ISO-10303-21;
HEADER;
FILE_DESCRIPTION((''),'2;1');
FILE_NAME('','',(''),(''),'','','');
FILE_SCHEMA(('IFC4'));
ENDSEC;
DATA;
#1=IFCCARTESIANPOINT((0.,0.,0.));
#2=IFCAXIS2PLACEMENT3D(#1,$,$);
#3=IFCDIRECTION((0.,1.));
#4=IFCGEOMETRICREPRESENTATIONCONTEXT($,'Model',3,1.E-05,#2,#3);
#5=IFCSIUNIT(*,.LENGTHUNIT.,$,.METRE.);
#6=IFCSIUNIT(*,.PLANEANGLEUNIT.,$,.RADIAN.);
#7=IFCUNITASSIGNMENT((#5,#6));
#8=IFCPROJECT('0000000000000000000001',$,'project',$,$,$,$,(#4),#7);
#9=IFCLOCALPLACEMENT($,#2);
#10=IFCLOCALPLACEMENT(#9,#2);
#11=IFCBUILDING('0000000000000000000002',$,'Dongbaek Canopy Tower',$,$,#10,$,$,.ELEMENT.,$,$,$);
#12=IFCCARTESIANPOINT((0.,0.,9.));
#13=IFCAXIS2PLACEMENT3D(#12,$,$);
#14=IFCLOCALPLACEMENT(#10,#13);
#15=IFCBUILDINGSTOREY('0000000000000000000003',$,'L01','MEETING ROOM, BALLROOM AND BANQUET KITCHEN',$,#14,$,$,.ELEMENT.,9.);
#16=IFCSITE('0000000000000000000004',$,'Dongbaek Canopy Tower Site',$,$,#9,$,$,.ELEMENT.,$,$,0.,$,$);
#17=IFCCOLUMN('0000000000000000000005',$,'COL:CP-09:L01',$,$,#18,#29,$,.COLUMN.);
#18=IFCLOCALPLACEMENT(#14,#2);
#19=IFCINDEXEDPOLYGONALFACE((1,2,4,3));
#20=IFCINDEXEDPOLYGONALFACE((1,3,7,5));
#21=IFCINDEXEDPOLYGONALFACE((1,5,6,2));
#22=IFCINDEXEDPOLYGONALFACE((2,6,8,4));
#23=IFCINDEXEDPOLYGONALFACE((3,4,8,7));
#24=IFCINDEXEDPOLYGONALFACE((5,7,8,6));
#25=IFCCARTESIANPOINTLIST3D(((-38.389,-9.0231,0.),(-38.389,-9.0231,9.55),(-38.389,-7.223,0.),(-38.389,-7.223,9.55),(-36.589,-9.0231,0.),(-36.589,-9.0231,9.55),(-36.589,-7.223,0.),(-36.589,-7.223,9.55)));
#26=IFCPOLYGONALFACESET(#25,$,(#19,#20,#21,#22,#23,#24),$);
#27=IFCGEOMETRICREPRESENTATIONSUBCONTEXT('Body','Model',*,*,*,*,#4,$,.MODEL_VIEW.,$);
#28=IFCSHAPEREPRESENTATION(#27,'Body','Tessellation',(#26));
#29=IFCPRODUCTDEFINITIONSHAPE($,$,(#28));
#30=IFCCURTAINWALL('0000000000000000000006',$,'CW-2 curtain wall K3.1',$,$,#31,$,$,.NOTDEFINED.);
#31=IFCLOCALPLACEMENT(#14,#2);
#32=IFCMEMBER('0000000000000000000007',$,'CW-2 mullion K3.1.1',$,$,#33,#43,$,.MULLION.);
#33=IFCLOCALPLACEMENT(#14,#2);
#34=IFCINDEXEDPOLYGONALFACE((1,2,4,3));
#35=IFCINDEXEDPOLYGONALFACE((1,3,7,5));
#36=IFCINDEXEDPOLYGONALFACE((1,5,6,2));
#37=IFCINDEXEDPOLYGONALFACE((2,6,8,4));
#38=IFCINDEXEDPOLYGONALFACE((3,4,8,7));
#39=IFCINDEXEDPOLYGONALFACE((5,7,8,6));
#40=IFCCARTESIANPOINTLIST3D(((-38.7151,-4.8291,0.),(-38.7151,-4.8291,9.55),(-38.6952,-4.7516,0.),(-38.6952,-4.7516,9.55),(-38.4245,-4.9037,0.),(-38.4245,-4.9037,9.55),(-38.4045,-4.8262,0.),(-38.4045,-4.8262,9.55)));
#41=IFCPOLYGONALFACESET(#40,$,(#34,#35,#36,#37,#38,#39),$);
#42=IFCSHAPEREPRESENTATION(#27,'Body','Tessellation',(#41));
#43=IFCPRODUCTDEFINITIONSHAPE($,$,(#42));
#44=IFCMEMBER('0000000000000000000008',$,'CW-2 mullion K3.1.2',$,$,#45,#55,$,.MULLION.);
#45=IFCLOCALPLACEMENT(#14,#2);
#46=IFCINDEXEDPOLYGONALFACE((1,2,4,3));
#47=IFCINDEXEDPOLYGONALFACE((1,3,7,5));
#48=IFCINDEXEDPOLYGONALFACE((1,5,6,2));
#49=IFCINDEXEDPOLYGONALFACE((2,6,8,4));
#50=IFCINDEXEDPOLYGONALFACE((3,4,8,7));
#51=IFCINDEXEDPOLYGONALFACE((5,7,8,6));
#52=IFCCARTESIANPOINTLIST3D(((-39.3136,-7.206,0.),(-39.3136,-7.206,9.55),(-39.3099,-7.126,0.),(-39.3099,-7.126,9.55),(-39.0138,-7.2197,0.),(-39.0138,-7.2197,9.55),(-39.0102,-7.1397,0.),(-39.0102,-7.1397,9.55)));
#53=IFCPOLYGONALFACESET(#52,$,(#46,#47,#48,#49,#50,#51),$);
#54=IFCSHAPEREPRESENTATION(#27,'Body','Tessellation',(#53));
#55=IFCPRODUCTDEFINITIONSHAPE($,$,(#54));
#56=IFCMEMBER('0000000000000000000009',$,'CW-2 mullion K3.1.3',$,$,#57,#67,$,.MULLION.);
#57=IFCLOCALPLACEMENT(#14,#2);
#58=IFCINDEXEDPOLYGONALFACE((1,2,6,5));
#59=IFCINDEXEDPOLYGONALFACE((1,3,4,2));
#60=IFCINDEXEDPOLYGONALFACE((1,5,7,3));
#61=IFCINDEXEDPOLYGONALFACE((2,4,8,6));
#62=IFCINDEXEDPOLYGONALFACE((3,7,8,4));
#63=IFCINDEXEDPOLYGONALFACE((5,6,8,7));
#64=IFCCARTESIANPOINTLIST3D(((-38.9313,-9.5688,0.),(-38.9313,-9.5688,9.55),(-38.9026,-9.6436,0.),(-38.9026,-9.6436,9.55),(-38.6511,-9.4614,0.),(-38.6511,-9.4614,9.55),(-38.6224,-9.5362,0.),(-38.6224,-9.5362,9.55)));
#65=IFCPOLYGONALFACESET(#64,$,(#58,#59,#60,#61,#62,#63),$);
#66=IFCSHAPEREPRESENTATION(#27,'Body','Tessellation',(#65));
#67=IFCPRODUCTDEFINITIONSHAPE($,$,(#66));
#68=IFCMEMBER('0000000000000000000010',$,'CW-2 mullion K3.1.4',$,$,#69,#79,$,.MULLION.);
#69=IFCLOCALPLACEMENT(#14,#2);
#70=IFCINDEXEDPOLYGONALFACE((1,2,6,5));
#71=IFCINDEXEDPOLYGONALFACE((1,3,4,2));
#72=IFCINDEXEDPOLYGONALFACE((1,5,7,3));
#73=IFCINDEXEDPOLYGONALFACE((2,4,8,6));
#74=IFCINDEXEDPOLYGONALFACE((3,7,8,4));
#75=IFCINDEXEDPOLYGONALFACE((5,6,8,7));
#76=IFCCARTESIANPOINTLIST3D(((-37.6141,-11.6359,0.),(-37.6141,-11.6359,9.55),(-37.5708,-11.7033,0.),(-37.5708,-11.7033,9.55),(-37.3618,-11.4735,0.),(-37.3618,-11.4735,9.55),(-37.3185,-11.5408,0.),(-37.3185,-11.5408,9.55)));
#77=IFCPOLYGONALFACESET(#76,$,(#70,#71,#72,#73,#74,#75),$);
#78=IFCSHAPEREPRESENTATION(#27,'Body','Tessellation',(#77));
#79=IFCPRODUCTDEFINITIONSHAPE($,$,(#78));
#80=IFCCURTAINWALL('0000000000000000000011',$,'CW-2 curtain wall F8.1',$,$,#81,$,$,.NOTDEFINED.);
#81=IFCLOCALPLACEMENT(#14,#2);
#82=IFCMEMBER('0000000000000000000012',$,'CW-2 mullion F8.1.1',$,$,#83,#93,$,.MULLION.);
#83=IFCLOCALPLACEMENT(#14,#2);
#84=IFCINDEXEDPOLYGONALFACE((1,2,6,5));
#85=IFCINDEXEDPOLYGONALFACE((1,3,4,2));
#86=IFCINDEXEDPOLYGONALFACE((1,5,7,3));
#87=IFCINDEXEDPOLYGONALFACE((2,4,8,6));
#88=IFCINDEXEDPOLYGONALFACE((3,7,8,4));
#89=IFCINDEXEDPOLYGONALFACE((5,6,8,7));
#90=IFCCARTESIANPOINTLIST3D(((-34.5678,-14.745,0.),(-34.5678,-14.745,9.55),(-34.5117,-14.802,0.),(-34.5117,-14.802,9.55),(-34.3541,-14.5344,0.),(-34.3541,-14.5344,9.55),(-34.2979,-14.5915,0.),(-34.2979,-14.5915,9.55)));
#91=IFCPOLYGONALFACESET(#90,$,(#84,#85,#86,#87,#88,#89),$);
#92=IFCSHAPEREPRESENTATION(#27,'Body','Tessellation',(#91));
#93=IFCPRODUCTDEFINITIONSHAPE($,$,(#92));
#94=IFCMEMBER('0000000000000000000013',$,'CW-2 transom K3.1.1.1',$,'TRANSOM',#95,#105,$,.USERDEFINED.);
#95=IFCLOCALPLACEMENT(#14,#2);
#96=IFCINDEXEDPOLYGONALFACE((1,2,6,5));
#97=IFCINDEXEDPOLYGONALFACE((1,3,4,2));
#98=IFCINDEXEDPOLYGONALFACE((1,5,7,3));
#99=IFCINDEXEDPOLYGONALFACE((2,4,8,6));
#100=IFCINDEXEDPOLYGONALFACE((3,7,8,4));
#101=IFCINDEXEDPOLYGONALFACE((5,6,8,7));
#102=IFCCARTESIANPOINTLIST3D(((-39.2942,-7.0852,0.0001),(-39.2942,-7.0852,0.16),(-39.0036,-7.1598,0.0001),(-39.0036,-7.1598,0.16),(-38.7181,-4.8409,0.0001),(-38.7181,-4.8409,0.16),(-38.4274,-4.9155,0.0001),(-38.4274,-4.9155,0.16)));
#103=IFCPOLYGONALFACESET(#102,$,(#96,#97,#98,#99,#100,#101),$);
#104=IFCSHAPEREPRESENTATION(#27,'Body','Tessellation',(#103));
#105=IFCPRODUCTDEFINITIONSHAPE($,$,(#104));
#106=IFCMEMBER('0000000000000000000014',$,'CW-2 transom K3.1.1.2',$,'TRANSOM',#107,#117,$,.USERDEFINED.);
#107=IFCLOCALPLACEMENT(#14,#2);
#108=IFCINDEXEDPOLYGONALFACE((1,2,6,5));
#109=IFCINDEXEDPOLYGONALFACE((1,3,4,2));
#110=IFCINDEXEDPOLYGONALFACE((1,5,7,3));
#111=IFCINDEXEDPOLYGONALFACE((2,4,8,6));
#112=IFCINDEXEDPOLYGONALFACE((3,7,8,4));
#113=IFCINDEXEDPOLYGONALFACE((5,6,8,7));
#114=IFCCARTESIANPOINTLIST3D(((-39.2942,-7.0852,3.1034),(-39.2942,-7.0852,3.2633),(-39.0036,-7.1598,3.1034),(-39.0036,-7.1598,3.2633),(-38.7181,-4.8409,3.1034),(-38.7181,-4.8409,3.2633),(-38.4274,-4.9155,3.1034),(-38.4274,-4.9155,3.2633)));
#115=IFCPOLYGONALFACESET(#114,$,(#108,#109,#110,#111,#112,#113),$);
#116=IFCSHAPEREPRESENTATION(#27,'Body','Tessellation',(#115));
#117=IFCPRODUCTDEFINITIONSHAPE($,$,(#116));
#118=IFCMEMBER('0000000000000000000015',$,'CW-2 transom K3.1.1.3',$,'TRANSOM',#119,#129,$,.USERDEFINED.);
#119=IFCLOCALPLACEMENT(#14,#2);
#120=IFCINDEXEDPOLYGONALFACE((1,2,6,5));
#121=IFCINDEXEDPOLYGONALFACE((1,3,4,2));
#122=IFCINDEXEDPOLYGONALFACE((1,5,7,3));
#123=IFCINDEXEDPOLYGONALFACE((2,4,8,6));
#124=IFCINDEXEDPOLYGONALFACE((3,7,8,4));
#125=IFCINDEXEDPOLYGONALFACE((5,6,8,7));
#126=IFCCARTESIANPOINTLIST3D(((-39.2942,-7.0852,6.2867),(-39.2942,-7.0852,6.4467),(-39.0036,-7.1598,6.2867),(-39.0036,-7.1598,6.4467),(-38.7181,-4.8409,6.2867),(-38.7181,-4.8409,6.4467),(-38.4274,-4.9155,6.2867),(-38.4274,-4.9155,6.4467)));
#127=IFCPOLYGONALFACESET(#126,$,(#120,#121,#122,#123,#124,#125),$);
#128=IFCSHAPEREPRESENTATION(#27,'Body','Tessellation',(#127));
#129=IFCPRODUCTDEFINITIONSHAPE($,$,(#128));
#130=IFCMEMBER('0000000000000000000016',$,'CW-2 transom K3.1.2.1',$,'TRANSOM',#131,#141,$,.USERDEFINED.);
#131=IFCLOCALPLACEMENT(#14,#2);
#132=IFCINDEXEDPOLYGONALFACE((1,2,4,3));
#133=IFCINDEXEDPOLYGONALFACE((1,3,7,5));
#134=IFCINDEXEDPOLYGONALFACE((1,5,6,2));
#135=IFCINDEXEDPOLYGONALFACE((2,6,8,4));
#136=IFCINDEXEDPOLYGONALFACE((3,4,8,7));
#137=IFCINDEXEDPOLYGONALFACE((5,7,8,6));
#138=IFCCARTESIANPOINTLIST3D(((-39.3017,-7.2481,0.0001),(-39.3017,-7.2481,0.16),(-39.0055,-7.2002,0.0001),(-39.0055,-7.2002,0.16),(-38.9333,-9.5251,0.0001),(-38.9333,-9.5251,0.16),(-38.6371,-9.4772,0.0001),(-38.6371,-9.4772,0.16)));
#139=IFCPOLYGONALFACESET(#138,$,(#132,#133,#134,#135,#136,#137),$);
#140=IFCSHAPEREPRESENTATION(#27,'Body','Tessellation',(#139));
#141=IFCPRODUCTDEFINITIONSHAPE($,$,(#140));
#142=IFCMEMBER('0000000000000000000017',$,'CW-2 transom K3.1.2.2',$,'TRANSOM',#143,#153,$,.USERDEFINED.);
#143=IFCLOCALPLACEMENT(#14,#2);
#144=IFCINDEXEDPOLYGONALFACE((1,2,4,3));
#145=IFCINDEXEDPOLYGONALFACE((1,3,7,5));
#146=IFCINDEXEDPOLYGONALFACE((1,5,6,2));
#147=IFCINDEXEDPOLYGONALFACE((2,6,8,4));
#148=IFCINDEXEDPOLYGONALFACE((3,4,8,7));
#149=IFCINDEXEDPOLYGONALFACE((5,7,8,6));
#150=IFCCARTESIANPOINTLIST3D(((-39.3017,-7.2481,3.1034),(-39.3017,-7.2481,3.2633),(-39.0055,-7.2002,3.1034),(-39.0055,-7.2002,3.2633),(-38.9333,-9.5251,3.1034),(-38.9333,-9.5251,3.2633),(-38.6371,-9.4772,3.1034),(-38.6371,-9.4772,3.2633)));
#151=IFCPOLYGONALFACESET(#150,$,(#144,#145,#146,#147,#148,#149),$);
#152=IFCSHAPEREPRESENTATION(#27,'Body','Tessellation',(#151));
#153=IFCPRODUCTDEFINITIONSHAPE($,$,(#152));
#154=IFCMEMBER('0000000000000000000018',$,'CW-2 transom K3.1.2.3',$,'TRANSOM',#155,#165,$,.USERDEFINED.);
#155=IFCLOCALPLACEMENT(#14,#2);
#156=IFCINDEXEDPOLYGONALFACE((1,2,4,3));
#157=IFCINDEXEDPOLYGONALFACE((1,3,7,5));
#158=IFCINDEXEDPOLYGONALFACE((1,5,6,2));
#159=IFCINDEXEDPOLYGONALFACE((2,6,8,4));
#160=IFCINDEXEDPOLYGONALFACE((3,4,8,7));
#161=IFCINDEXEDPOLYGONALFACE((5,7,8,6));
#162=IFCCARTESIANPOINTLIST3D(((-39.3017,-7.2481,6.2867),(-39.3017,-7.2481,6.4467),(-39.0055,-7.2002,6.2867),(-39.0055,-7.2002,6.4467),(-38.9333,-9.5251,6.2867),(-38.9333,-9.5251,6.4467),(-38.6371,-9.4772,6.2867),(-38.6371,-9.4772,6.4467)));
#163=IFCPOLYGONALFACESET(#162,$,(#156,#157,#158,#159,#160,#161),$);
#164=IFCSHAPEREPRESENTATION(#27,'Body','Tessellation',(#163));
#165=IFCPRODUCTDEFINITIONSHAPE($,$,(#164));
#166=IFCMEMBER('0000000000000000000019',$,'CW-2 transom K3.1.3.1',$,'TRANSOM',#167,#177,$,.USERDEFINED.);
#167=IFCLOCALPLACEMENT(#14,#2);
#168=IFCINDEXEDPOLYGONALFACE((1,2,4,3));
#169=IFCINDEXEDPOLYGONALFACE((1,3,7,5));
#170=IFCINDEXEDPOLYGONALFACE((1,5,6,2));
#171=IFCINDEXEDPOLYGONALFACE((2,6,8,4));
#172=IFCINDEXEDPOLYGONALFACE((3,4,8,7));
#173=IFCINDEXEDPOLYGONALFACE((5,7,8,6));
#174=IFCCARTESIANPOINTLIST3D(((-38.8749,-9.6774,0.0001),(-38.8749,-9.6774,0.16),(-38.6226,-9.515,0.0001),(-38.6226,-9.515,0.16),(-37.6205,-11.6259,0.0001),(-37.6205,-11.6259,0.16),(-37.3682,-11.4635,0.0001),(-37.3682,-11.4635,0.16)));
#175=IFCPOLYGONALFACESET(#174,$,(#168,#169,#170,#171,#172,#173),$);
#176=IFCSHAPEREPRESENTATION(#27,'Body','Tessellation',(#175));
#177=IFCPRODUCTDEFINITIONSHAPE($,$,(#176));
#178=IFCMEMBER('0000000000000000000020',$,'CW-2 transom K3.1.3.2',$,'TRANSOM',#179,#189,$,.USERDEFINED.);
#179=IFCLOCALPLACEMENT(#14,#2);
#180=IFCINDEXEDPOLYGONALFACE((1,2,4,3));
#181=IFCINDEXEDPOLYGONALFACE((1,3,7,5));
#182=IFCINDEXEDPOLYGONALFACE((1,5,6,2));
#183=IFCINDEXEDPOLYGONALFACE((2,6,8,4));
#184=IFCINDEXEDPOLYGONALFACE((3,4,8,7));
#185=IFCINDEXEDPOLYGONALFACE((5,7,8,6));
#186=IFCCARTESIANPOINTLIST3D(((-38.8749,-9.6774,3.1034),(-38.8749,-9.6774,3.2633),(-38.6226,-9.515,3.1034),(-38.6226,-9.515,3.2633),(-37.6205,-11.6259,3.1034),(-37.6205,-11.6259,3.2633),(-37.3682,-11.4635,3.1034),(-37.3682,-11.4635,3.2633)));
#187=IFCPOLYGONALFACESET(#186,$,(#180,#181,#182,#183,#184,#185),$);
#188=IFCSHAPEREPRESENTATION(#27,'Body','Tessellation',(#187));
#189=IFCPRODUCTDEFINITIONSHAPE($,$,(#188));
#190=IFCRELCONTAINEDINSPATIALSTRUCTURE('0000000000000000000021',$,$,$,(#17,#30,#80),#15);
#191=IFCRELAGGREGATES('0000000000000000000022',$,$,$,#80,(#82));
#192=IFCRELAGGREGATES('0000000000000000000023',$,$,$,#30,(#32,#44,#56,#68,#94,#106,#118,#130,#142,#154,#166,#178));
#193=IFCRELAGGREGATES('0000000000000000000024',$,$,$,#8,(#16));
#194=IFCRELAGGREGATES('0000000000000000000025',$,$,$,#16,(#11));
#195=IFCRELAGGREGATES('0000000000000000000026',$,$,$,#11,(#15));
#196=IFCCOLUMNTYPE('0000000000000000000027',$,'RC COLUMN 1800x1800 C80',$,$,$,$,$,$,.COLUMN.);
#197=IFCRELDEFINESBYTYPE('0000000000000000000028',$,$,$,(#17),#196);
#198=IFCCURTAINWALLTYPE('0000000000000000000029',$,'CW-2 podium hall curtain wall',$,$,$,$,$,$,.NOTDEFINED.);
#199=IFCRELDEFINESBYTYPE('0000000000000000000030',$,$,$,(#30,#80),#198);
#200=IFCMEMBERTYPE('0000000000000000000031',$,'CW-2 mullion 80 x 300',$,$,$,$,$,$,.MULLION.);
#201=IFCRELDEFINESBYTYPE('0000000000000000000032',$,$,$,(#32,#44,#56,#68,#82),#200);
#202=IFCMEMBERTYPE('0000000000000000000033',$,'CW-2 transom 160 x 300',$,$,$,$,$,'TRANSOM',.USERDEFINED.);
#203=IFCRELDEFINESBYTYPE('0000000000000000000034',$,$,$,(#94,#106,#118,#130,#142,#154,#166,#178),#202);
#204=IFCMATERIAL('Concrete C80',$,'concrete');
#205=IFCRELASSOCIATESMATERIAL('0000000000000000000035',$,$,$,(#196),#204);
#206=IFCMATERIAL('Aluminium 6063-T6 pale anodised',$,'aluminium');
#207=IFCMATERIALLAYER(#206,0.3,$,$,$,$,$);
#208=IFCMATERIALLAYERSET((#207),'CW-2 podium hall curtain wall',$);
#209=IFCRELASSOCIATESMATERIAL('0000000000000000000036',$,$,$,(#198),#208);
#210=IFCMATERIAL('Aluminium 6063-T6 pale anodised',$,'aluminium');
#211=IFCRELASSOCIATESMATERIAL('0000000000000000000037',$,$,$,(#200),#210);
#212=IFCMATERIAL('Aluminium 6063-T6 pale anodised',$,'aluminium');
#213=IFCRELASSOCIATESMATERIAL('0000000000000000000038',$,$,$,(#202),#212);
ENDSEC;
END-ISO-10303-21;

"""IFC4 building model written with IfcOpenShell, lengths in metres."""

from ifc_helpers import new_model, si_unit, direction, frame, origin, origin_2d, place, context, subcontext, project, spatial, rectangle, extrude, material, layer, layer_set, material_profile, profile_set, type_object, element, aggregate, save


model = new_model("IFC4")

# Units and contexts
model_context = context("Model", 3, precision=1e-05, world=origin(), true_north=direction((0.0, 1.0)))
body_context = subcontext(model_context, "Body", "Model", "MODEL_VIEW")
ifc_project = project(units=[si_unit("LENGTHUNIT", "METRE"), si_unit("PLANEANGLEUNIT", "RADIAN")], contexts=[model_context])

# Site, building, storey
site_placement = place(None, origin())
site = spatial("IfcSite", under=ifc_project, at=site_placement, Name="Dongbaek Canopy Tower Site", CompositionType="ELEMENT", RefElevation=0.0)
building_placement = place(site_placement, origin())
building = spatial("IfcBuilding", under=site, at=building_placement, Name="Dongbaek Canopy Tower", CompositionType="ELEMENT")
storey_placement = place(building_placement, frame((0.0, 0.0, 9.0)))
storey = spatial("IfcBuildingStorey", under=building, at=storey_placement, Name="L01", Description="MEETING ROOM, BALLROOM AND BANQUET KITCHEN", CompositionType="ELEMENT", Elevation=9.0)

# Column
ifc_material_1 = material(Name="Concrete C80", Category="concrete")
ifc_material_profile_1 = material_profile(ifc_material_1, rectangle(XDim=1.8, YDim=1.8, at=origin_2d()), Name="RC COLUMN 1800x1800 C80")
ifc_profile_set_1 = profile_set([ifc_material_profile_1], Name="Concrete C80")
column_type = type_object("IfcColumnType", Name="RC COLUMN 1800x1800 C80", PredefinedType="COLUMN", material=ifc_profile_set_1)
column_placement = place(storey_placement, frame((-37.489, -8.123, 0.0), z_axis=(0.0, 0.0, 1.0), x_axis=(1.0, 0.0, 0.0)))
element("IfcColumn", 1, at=column_placement, inside=storey, type_object=column_type, Name="COL:CP-09:L01", PredefinedType="COLUMN", context=body_context, shape_type="SweptSolid", body=[
    extrude(rectangle(XDim=1.8, YDim=1.8, at=origin_2d()), origin(), (0.0, 0.0, 1.0), 9.55),
])

# Curtain wall, members
ifc_material_2 = material(Name="Aluminium 6063-T6 pale anodised", Category="aluminium")
ifc_layer_1 = layer(ifc_material_2, 0.3)
ifc_layer_set_1 = layer_set([ifc_layer_1], Name="CW-2 podium hall curtain wall")
curtain_wall_type = type_object("IfcCurtainWallType", Name="CW-2 podium hall curtain wall", PredefinedType="NOTDEFINED", material=ifc_layer_set_1)
curtain_wall_1_placement = place(storey_placement, origin())
curtain_wall_1 = element("IfcCurtainWall", 2, at=curtain_wall_1_placement, inside=storey, type_object=curtain_wall_type, Name="CW-2 curtain wall K3.1", PredefinedType="NOTDEFINED")
ifc_material_3 = material(Name="Aluminium 6063-T6 pale anodised", Category="aluminium")
ifc_material_profile_2 = material_profile(ifc_material_3, rectangle(XDim=0.3, YDim=0.0801, at=origin_2d()), Name="CW-2 mullion 80 x 300")
ifc_profile_set_2 = profile_set([ifc_material_profile_2], Name="Aluminium 6063-T6 pale anodised")
member_type_1 = type_object("IfcMemberType", Name="CW-2 mullion 80 x 300", PredefinedType="MULLION", material=ifc_profile_set_2)
member_1_placement = place(storey_placement, frame((-38.5598, -4.8276, 0.0), z_axis=(0.0, 0.0, 1.0), x_axis=(-0.968596, 0.248641, 0.0)))
member_1 = element("IfcMember", 3, at=member_1_placement, type_object=member_type_1, Name="CW-2 mullion K3.1.1", PredefinedType="MULLION", context=body_context, shape_type="SweptSolid", body=[
    extrude(rectangle(XDim=0.3, YDim=0.0801, at=origin_2d()), origin(), (0.0, 0.0, 1.0), 9.55),
])
member_2_placement = place(storey_placement, frame((-39.1619, -7.1729, 0.0), z_axis=(0.0, 0.0, 1.0), x_axis=(-0.998967, 0.045444, 0.0)))
member_2 = element("IfcMember", 4, at=member_2_placement, type_object=member_type_1, Name="CW-2 mullion K3.1.2", PredefinedType="MULLION", context=body_context, shape_type="SweptSolid", body=[
    extrude(rectangle(XDim=0.3, YDim=0.0801, at=origin_2d()), origin(), (0.0, 0.0, 1.0), 9.55),
])
member_3_placement = place(storey_placement, frame((-38.7769, -9.5525, 0.0), z_axis=(0.0, 0.0, 1.0), x_axis=(-0.933704, -0.358045, 0.0)))
member_3 = element("IfcMember", 5, at=member_3_placement, type_object=member_type_1, Name="CW-2 mullion K3.1.3", PredefinedType="MULLION", context=body_context, shape_type="SweptSolid", body=[
    extrude(rectangle(XDim=0.3, YDim=0.0801, at=origin_2d()), origin(), (0.0, 0.0, 1.0), 9.55),
])
member_4_placement = place(storey_placement, frame((-37.4663, -11.5884, 0.0), z_axis=(0.0, 0.0, 1.0), x_axis=(-0.840826, -0.541306, 0.0)))
member_4 = element("IfcMember", 6, at=member_4_placement, type_object=member_type_1, Name="CW-2 mullion K3.1.4", PredefinedType="MULLION", context=body_context, shape_type="SweptSolid", body=[
    extrude(rectangle(XDim=0.3, YDim=0.0801, at=origin_2d()), origin(), (0.0, 0.0, 1.0), 9.55),
])

# Curtain wall, member
curtain_wall_2_placement = place(storey_placement, origin())
curtain_wall_2 = element("IfcCurtainWall", 7, at=curtain_wall_2_placement, inside=storey, type_object=curtain_wall_type, Name="CW-2 curtain wall F8.1", PredefinedType="NOTDEFINED")
member_5_placement = place(storey_placement, frame((-34.4329, -14.6682, 0.0), z_axis=(0.0, 0.0, 1.0), x_axis=(-0.712455, -0.701718, 0.0)))
member_5 = element("IfcMember", 8, at=member_5_placement, type_object=member_type_1, Name="CW-2 mullion F8.1.1", PredefinedType="MULLION", context=body_context, shape_type="SweptSolid", body=[
    extrude(rectangle(XDim=0.3, YDim=0.0801, at=origin_2d()), origin(), (0.0, 0.0, 1.0), 9.55),
])

# Members
ifc_material_4 = material(Name="Aluminium 6063-T6 pale anodised", Category="aluminium")
ifc_material_profile_3 = material_profile(ifc_material_4, rectangle(XDim=0.3, YDim=0.1599, at=origin_2d()), Name="CW-2 transom 160 x 300")
ifc_profile_set_3 = profile_set([ifc_material_profile_3], Name="Aluminium 6063-T6 pale anodised")
member_type_2 = type_object("IfcMemberType", Name="CW-2 transom 160 x 300", ElementType="TRANSOM", PredefinedType="USERDEFINED", material=ifc_profile_set_3)
member_6_placement = place(storey_placement, frame((-38.5728, -4.8782, 0.0801), z_axis=(-0.248654, -0.968592, 0.0), x_axis=(0.968592, -0.248654, 0.0)))
member_6 = element("IfcMember", 9, at=member_6_placement, type_object=member_type_2, Name="CW-2 transom K3.1.1.1", ObjectType="TRANSOM", PredefinedType="USERDEFINED", context=body_context, shape_type="SweptSolid", body=[
    extrude(rectangle(XDim=0.3, YDim=0.1599, at=origin_2d()), origin(), (0.0, 0.0, 1.0), 2.3171),
])
member_7_placement = place(storey_placement, frame((-38.5728, -4.8782, 3.1833), z_axis=(-0.248654, -0.968592, 0.0), x_axis=(0.968592, -0.248654, 0.0)))
member_7 = element("IfcMember", 10, at=member_7_placement, type_object=member_type_2, Name="CW-2 transom K3.1.1.2", ObjectType="TRANSOM", PredefinedType="USERDEFINED", context=body_context, shape_type="SweptSolid", body=[
    extrude(rectangle(XDim=0.3, YDim=0.1599, at=origin_2d()), origin(), (0.0, 0.0, 1.0), 2.3171),
])
member_8_placement = place(storey_placement, frame((-38.5728, -4.8782, 6.3667), z_axis=(-0.248654, -0.968592, 0.0), x_axis=(0.968592, -0.248654, 0.0)))
member_8 = element("IfcMember", 11, at=member_8_placement, type_object=member_type_2, Name="CW-2 transom K3.1.1.3", ObjectType="TRANSOM", PredefinedType="USERDEFINED", context=body_context, shape_type="SweptSolid", body=[
    extrude(rectangle(XDim=0.3, YDim=0.1599, at=origin_2d()), origin(), (0.0, 0.0, 1.0), 2.3171),
])
member_9_placement = place(storey_placement, frame((-39.1536, -7.2241, 0.0801), z_axis=(0.159712, -0.987164, 0.0), x_axis=(0.987164, 0.159712, 0.0)))
member_9 = element("IfcMember", 12, at=member_9_placement, type_object=member_type_2, Name="CW-2 transom K3.1.2.1", ObjectType="TRANSOM", PredefinedType="USERDEFINED", context=body_context, shape_type="SweptSolid", body=[
    extrude(rectangle(XDim=0.3, YDim=0.1599, at=origin_2d()), origin(), (0.0, 0.0, 1.0), 2.3066),
])
member_10_placement = place(storey_placement, frame((-39.1536, -7.2241, 3.1833), z_axis=(0.159712, -0.987164, 0.0), x_axis=(0.987164, 0.159712, 0.0)))
member_10 = element("IfcMember", 13, at=member_10_placement, type_object=member_type_2, Name="CW-2 transom K3.1.2.2", ObjectType="TRANSOM", PredefinedType="USERDEFINED", context=body_context, shape_type="SweptSolid", body=[
    extrude(rectangle(XDim=0.3, YDim=0.1599, at=origin_2d()), origin(), (0.0, 0.0, 1.0), 2.3066),
])
member_11_placement = place(storey_placement, frame((-39.1536, -7.2241, 6.3667), z_axis=(0.159712, -0.987164, 0.0), x_axis=(0.987164, 0.159712, 0.0)))
member_11 = element("IfcMember", 14, at=member_11_placement, type_object=member_type_2, Name="CW-2 transom K3.1.2.3", ObjectType="TRANSOM", PredefinedType="USERDEFINED", context=body_context, shape_type="SweptSolid", body=[
    extrude(rectangle(XDim=0.3, YDim=0.1599, at=origin_2d()), origin(), (0.0, 0.0, 1.0), 2.3066),
])
member_12_placement = place(storey_placement, frame((-38.7488, -9.5962, 0.0801), z_axis=(0.541306, -0.840826, 0.0), x_axis=(0.840826, 0.541306, 0.0)))
member_12 = element("IfcMember", 15, at=member_12_placement, type_object=member_type_2, Name="CW-2 transom K3.1.3.1", ObjectType="TRANSOM", PredefinedType="USERDEFINED", context=body_context, shape_type="SweptSolid", body=[
    extrude(rectangle(XDim=0.3, YDim=0.1599, at=origin_2d()), origin(), (0.0, 0.0, 1.0), 2.3174),
])
member_13_placement = place(storey_placement, frame((-38.7488, -9.5962, 3.1833), z_axis=(0.541306, -0.840826, 0.0), x_axis=(0.840826, 0.541306, 0.0)))
member_13 = element("IfcMember", 16, at=member_13_placement, type_object=member_type_2, Name="CW-2 transom K3.1.3.2", ObjectType="TRANSOM", PredefinedType="USERDEFINED", context=body_context, shape_type="SweptSolid", body=[
    extrude(rectangle(XDim=0.3, YDim=0.1599, at=origin_2d()), origin(), (0.0, 0.0, 1.0), 2.3174),
])
aggregate(curtain_wall_2, [member_5])

aggregate(curtain_wall_1, [member_1, member_2, member_3, member_4, member_6, member_7, member_8, member_9, member_10, member_11, member_12, member_13])

save(model, "model.ifc")
